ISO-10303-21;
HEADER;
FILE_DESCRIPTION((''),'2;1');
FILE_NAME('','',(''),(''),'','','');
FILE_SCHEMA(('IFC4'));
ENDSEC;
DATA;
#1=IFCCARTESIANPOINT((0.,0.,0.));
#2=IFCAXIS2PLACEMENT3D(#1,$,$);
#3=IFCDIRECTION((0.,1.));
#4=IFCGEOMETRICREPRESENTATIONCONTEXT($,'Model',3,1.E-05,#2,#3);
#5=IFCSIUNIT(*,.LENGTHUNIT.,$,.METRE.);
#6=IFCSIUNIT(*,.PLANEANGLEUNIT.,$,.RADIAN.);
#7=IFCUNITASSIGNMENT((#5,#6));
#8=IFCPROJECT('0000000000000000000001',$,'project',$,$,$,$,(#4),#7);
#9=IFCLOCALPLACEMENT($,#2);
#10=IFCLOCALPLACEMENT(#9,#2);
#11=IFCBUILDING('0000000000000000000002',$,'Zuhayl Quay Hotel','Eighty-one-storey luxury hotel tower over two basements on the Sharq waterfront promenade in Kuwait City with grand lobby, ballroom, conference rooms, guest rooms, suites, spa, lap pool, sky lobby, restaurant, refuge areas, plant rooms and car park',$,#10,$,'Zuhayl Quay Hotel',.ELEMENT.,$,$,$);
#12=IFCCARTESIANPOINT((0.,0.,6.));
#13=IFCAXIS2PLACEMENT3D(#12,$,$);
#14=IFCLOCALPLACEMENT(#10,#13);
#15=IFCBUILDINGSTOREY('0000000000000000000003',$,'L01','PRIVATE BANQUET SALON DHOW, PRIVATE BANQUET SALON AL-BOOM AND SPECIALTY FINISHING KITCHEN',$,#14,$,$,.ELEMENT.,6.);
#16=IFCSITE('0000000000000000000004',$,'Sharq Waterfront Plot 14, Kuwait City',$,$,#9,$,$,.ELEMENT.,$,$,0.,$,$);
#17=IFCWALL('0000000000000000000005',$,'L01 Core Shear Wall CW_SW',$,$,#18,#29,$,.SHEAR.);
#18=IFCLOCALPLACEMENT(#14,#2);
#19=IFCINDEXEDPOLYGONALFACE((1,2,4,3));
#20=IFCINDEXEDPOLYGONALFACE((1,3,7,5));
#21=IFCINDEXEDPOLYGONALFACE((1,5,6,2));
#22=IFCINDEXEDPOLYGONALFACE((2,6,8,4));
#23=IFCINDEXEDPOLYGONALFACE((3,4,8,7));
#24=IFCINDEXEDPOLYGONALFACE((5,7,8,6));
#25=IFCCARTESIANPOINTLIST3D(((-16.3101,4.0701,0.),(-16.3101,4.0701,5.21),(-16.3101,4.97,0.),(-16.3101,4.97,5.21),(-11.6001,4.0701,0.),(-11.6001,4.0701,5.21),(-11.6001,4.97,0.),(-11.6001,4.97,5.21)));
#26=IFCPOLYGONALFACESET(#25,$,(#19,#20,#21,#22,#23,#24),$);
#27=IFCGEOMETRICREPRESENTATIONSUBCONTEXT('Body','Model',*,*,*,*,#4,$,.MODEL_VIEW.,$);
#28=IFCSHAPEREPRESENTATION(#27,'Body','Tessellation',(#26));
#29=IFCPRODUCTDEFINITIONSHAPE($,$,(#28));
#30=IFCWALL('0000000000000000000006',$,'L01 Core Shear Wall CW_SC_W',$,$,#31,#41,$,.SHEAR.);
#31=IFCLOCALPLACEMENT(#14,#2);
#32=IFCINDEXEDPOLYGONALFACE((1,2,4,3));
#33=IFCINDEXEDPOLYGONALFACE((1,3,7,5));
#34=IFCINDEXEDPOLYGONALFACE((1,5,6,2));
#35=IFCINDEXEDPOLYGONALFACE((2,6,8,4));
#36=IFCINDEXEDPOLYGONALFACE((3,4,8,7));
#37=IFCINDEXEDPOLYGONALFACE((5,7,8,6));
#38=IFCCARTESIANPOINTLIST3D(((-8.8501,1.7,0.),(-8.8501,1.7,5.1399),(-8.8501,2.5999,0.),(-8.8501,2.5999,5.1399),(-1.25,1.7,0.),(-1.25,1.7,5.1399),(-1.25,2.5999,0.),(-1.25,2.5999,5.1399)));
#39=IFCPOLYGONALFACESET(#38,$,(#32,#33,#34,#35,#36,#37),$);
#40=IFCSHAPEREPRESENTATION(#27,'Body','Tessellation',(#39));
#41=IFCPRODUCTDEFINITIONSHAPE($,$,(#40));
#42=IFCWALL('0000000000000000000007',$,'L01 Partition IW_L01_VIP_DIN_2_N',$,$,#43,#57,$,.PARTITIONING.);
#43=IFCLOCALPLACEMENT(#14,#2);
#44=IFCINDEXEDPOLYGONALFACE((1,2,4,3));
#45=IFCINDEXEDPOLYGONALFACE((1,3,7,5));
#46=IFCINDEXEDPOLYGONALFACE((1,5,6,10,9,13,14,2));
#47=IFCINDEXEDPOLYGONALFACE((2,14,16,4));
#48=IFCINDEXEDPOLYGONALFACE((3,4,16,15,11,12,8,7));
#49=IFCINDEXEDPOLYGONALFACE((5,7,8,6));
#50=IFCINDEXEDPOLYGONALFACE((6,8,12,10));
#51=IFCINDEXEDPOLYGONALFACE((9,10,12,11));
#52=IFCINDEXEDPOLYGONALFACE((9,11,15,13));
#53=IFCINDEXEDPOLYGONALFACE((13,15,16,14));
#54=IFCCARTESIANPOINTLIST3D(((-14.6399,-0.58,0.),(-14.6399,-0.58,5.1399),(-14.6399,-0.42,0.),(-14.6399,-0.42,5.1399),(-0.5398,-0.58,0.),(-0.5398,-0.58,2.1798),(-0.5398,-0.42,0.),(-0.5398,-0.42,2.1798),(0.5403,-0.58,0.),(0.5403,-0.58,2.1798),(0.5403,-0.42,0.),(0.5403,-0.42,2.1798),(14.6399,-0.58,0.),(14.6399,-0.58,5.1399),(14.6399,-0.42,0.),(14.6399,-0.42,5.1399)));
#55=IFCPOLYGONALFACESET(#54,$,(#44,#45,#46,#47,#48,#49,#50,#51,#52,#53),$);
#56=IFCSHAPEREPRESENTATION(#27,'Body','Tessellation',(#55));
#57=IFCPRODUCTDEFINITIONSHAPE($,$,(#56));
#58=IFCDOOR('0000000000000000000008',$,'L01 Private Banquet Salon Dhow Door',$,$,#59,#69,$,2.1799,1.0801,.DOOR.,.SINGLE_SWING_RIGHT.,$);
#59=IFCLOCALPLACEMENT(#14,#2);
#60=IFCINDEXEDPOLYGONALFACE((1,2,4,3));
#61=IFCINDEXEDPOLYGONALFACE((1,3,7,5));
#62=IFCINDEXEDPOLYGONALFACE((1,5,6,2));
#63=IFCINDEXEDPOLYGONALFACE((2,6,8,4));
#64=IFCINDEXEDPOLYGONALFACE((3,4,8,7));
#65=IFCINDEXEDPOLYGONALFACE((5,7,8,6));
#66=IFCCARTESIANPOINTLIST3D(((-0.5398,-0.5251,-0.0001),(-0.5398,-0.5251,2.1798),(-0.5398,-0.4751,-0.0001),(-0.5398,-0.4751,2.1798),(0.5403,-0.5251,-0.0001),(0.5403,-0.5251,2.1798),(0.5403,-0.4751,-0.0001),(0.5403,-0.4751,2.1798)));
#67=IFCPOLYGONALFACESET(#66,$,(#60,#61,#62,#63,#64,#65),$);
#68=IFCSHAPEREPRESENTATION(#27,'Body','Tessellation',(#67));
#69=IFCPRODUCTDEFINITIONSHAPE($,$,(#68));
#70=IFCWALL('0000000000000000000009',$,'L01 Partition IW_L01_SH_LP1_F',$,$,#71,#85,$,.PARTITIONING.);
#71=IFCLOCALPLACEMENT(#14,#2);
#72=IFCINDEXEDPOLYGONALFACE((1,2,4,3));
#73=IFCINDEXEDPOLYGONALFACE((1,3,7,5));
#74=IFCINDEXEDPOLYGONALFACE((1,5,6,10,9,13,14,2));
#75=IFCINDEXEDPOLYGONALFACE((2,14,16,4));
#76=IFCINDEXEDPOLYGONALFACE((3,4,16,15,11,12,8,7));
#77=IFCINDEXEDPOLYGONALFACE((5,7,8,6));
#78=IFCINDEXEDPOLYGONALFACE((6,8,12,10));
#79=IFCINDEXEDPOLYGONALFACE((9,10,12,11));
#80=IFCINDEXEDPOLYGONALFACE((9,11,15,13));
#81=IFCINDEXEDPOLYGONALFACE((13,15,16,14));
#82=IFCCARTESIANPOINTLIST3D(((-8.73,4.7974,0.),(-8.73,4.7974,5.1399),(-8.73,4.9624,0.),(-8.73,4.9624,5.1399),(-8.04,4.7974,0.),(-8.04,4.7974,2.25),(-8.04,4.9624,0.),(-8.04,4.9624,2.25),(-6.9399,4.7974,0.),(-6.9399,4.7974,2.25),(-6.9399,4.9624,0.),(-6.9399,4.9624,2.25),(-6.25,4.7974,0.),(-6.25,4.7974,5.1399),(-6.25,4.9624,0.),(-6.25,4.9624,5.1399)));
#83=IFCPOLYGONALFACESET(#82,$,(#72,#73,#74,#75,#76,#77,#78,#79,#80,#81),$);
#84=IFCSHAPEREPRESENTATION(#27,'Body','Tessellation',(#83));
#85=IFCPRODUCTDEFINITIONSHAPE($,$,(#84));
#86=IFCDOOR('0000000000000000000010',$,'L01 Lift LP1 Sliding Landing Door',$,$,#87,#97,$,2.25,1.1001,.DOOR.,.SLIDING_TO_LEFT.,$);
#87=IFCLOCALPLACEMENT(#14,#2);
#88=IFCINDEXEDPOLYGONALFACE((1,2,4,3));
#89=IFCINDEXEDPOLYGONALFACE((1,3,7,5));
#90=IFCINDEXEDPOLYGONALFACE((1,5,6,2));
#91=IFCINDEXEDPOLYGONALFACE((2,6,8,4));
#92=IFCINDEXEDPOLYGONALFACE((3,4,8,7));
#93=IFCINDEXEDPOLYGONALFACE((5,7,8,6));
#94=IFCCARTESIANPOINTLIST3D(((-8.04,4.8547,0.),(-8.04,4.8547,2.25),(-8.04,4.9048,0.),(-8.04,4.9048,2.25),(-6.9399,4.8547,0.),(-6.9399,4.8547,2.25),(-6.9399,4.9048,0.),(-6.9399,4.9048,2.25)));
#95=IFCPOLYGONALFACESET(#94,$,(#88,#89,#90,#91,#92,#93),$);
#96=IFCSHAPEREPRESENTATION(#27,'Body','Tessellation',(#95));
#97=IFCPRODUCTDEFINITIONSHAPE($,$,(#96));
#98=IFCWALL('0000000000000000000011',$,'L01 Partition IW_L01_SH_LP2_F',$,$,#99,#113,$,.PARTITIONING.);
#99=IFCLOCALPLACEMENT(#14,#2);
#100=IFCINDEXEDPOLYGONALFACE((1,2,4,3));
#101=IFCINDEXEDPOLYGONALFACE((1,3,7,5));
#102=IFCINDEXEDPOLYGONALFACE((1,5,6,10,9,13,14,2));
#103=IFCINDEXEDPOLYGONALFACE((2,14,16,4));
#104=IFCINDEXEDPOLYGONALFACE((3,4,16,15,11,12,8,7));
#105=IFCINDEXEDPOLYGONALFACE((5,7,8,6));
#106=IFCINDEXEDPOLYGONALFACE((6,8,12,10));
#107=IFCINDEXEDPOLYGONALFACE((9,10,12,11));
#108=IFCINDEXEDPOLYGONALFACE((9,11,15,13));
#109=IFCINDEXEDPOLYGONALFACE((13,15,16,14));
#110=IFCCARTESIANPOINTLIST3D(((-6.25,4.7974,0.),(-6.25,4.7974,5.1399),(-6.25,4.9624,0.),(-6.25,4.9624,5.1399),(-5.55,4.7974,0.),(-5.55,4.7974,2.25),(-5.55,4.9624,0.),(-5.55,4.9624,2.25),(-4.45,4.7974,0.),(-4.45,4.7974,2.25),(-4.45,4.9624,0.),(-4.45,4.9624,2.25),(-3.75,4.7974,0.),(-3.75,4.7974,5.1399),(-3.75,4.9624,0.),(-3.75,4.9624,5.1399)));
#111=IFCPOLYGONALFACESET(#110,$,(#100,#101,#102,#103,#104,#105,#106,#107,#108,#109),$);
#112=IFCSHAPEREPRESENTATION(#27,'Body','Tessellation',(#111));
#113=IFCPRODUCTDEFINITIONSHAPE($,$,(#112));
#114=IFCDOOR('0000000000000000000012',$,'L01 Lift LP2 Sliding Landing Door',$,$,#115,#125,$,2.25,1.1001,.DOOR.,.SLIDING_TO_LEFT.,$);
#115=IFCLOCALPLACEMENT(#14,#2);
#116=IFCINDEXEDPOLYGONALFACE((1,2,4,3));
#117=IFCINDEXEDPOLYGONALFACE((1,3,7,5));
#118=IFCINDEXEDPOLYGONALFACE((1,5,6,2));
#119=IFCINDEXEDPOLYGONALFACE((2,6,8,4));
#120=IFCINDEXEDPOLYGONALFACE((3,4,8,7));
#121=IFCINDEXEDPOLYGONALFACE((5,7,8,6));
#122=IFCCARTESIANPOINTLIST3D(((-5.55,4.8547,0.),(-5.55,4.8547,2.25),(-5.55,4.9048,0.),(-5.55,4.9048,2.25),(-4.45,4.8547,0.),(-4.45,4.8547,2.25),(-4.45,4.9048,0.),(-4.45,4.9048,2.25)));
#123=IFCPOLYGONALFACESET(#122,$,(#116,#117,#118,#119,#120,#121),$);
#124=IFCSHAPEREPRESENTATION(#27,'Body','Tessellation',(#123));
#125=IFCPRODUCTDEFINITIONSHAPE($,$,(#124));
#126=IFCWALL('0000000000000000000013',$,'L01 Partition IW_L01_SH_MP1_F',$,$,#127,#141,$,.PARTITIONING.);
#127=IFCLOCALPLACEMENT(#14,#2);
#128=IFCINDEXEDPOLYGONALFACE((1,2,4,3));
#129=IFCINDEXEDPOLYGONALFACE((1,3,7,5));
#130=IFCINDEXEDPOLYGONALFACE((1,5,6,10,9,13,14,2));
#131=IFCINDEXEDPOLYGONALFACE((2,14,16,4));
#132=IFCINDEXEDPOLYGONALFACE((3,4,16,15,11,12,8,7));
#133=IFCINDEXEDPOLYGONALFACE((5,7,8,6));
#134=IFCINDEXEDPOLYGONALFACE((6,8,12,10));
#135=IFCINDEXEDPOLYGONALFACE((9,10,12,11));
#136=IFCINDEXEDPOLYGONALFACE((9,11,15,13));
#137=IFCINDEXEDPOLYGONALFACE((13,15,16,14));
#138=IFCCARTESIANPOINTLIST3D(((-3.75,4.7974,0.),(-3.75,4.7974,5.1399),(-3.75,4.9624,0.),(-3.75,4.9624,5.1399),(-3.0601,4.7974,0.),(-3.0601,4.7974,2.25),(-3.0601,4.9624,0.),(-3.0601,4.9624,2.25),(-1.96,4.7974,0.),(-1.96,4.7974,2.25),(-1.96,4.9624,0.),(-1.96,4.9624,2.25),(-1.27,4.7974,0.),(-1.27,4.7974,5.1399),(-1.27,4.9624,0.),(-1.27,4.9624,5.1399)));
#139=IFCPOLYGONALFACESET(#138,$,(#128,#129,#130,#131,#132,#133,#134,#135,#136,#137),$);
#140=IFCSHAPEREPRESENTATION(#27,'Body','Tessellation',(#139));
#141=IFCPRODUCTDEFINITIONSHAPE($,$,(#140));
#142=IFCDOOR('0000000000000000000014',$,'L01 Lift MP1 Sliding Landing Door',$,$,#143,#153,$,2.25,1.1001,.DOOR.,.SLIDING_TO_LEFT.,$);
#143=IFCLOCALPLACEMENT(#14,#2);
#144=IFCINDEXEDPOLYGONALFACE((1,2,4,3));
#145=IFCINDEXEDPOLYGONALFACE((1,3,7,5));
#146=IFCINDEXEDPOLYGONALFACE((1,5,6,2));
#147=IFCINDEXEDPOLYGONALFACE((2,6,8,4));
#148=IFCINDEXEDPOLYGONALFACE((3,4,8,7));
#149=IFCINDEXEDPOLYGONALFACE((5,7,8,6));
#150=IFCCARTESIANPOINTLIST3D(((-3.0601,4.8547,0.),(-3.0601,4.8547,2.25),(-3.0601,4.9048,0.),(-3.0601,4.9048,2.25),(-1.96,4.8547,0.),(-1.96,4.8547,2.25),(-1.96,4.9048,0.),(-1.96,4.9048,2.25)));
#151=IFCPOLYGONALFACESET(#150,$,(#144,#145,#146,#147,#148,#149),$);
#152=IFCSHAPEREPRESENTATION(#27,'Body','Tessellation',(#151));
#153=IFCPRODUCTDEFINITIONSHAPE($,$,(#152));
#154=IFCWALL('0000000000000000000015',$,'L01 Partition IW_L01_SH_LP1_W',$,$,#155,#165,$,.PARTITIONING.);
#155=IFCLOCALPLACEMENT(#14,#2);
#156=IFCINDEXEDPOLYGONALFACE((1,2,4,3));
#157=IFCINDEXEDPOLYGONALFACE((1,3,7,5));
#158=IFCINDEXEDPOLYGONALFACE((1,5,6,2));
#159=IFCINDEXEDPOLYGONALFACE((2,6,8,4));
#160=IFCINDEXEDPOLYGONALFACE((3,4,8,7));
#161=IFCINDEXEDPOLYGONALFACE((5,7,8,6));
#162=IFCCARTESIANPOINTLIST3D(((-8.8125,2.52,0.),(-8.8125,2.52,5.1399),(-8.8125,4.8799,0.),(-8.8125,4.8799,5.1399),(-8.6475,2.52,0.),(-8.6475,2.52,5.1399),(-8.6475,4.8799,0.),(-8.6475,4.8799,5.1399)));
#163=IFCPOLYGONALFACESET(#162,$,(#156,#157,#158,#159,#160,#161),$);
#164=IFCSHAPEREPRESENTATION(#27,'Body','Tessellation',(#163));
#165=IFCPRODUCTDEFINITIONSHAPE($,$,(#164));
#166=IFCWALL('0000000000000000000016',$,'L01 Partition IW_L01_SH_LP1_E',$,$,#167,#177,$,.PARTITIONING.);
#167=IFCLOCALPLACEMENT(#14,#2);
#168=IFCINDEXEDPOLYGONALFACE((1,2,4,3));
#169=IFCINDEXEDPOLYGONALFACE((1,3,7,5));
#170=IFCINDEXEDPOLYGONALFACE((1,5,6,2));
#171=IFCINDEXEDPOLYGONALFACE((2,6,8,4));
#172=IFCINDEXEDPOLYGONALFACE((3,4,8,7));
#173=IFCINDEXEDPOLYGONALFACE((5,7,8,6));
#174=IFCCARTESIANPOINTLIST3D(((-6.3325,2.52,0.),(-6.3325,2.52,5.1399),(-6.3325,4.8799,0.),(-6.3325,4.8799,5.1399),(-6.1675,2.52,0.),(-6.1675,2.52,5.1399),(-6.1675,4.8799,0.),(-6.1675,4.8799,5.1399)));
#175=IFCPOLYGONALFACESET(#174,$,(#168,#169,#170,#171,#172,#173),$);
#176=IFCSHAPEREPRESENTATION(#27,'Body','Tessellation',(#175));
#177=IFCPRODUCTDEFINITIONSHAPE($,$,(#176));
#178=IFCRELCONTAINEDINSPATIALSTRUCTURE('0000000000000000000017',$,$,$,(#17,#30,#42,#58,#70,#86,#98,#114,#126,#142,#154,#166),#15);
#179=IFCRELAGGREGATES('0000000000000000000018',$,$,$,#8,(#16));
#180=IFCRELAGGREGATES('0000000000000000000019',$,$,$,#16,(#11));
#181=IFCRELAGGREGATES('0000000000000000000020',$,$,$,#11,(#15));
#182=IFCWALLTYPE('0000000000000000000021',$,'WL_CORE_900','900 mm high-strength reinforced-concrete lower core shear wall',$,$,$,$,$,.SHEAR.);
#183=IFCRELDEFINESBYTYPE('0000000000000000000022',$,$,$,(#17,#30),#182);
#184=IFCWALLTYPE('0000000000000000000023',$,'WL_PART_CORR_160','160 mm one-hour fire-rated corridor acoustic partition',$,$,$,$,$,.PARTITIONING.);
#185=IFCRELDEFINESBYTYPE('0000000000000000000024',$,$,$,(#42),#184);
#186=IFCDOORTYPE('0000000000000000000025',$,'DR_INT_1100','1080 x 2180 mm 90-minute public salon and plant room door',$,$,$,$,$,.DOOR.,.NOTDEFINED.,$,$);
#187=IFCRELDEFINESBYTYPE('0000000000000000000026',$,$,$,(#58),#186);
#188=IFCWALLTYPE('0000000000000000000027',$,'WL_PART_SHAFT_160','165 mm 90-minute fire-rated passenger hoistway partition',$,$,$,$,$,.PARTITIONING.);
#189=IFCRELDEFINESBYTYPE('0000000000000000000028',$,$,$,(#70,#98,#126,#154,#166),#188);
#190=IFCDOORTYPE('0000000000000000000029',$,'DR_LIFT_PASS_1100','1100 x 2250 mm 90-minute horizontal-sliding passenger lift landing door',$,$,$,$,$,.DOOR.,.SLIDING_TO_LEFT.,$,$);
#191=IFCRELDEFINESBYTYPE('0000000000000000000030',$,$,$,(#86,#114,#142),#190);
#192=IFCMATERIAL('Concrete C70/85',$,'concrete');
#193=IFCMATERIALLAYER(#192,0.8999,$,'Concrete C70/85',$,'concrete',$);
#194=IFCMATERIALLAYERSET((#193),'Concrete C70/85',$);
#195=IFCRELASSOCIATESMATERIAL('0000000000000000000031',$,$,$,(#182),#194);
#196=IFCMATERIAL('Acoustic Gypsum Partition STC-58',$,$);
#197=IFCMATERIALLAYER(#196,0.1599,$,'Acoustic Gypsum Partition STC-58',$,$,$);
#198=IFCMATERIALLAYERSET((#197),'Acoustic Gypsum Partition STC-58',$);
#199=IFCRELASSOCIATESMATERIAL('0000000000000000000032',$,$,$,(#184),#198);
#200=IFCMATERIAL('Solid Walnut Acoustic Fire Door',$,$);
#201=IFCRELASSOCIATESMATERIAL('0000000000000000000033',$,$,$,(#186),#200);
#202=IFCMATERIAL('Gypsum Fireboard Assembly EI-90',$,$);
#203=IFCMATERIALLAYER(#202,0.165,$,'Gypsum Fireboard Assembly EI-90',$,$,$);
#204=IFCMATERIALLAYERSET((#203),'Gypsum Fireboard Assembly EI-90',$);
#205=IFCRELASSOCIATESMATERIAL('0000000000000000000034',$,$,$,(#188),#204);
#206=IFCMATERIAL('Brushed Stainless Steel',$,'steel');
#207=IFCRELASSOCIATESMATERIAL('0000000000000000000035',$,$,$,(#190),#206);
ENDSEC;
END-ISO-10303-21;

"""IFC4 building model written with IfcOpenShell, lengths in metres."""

from ifc_helpers import new_model, si_unit, direction, frame, frame_2d, origin, place, context, subcontext, project, spatial, rectangle, extrude, material, layer, layer_set, type_object, element, fill, save


model = new_model("IFC4")

# Units and contexts
model_context = context("Model", 3, precision=1e-05, world=origin(), true_north=direction((0.0, 1.0)))
body_context = subcontext(model_context, "Body", "Model", "MODEL_VIEW")
ifc_project = project(units=[si_unit("LENGTHUNIT", "METRE"), si_unit("PLANEANGLEUNIT", "RADIAN")], contexts=[model_context])

# Site, building, storey
site_placement = place(None, origin())
site = spatial("IfcSite", under=ifc_project, at=site_placement, Name="Sharq Waterfront Plot 14, Kuwait City", CompositionType="ELEMENT", RefElevation=0.0)
building_placement = place(site_placement, origin())
building = spatial("IfcBuilding", under=site, at=building_placement, Name="Zuhayl Quay Hotel", Description="Eighty-one-storey luxury hotel tower over two basements on the Sharq waterfront promenade in Kuwait City with grand lobby, ballroom, conference rooms, guest rooms, suites, spa, lap pool, sky lobby, restaurant, refuge areas, plant rooms and car park", LongName="Zuhayl Quay Hotel", CompositionType="ELEMENT")
storey_placement = place(building_placement, frame((0.0, 0.0, 6.0)))
storey = spatial("IfcBuildingStorey", under=building, at=storey_placement, Name="L01", Description="PRIVATE BANQUET SALON DHOW, PRIVATE BANQUET SALON AL-BOOM AND SPECIALTY FINISHING KITCHEN", CompositionType="ELEMENT", Elevation=6.0)

# Shared definitions
ifc_material_1 = material(Name="Concrete C70/85", Category="concrete")

# Walls
ifc_layer_1 = layer(ifc_material_1, 0.8999, Name="Concrete C70/85", Category="concrete")
ifc_layer_set_1 = layer_set([ifc_layer_1], Name="Concrete C70/85")
wall_type_1 = type_object("IfcWallType", Name="WL_CORE_900", Description="900 mm high-strength reinforced-concrete lower core shear wall", PredefinedType="SHEAR", material=ifc_layer_set_1)
wall_1_placement = place(storey_placement, frame((-16.3101, 4.52, 0.0), z_axis=(0.0, 0.0, 1.0), x_axis=(1.0, 0.0, 0.0)))
element("IfcWall", 1, at=wall_1_placement, inside=storey, type_object=wall_type_1, Name="L01 Core Shear Wall CW_SW", PredefinedType="SHEAR", context=body_context, shape_type="SweptSolid", body=[
    extrude(rectangle(XDim=4.71, YDim=0.8999, at=frame_2d((2.355, 0.0))), origin(), (0.0, 0.0, 1.0), 5.21),
])
wall_2_placement = place(storey_placement, frame((-8.8501, 2.1499, 0.0), z_axis=(0.0, 0.0, 1.0), x_axis=(1.0, 0.0, 0.0)))
element("IfcWall", 2, at=wall_2_placement, inside=storey, type_object=wall_type_1, Name="L01 Core Shear Wall CW_SC_W", PredefinedType="SHEAR", context=body_context, shape_type="SweptSolid", body=[
    extrude(rectangle(XDim=7.6001, YDim=0.8999, at=frame_2d((3.8, 0.0))), origin(), (0.0, 0.0, 1.0), 5.1399),
])

# Walls, openings, doors
ifc_material_2 = material(Name="Acoustic Gypsum Partition STC-58")
ifc_layer_2 = layer(ifc_material_2, 0.1599, Name="Acoustic Gypsum Partition STC-58")
ifc_layer_set_2 = layer_set([ifc_layer_2], Name="Acoustic Gypsum Partition STC-58")
wall_type_2 = type_object("IfcWallType", Name="WL_PART_CORR_160", Description="160 mm one-hour fire-rated corridor acoustic partition", PredefinedType="PARTITIONING", material=ifc_layer_set_2)
wall_3_placement = place(storey_placement, frame((-14.6399, -0.5, 0.0), z_axis=(0.0, 0.0, 1.0), x_axis=(1.0, 0.0, 0.0)))
wall_3 = element("IfcWall", 3, at=wall_3_placement, inside=storey, type_object=wall_type_2, Name="L01 Partition IW_L01_VIP_DIN_2_N", PredefinedType="PARTITIONING", context=body_context, shape_type="SweptSolid", body=[
    extrude(rectangle(XDim=29.2798, YDim=0.1599, at=frame_2d((14.6399, 0.0))), origin(), (0.0, 0.0, 1.0), 5.1399),
])
opening_1_placement = place(wall_3_placement, frame((14.1001, 0.0, 0.0)))
opening_1 = element("IfcOpeningElement", 4, at=opening_1_placement, cuts=wall_3, PredefinedType="OPENING", context=body_context, shape_type="SweptSolid", body=[
    extrude(rectangle(XDim=1.0801, YDim=2.1799, at=frame_2d((0.54, 1.0898))), frame((0.0, 0.0898, 0.0), z_axis=(0.0, -1.0, 0.0), x_axis=(1.0, 0.0, 0.0)), (0.0, 0.0, 1.0), 0.1799),
])
ifc_material_3 = material(Name="Solid Walnut Acoustic Fire Door")
door_type_1 = type_object("IfcDoorType", Name="DR_INT_1100", Description="1080 x 2180 mm 90-minute public salon and plant room door", OperationType="NOTDEFINED", PredefinedType="DOOR", material=ifc_material_3)
door_1_placement = place(opening_1_placement, origin())
door_1 = element("IfcDoor", 5, at=door_1_placement, inside=storey, type_object=door_type_1, Name="L01 Private Banquet Salon Dhow Door", OperationType="SINGLE_SWING_RIGHT", OverallHeight=2.1799, OverallWidth=1.0801, PredefinedType="DOOR", context=body_context, shape_type="SweptSolid", body=[
    extrude(rectangle(XDim=1.0801, YDim=2.1799, at=frame_2d((0.54, 1.0898))), frame((0.0, 0.0249, 0.0), z_axis=(0.0, -1.0, 0.0), x_axis=(1.0, 0.0, 0.0)), (0.0, 0.0, 1.0), 0.05),
])
fill(opening_1, door_1)
ifc_material_4 = material(Name="Gypsum Fireboard Assembly EI-90")
ifc_layer_3 = layer(ifc_material_4, 0.165, Name="Gypsum Fireboard Assembly EI-90")
ifc_layer_set_3 = layer_set([ifc_layer_3], Name="Gypsum Fireboard Assembly EI-90")
wall_type_3 = type_object("IfcWallType", Name="WL_PART_SHAFT_160", Description="165 mm 90-minute fire-rated passenger hoistway partition", PredefinedType="PARTITIONING", material=ifc_layer_set_3)
wall_4_placement = place(storey_placement, frame((-8.73, 4.8799, 0.0), z_axis=(0.0, 0.0, 1.0), x_axis=(1.0, 0.0, 0.0)))
wall_4 = element("IfcWall", 6, at=wall_4_placement, inside=storey, type_object=wall_type_3, Name="L01 Partition IW_L01_SH_LP1_F", PredefinedType="PARTITIONING", context=body_context, shape_type="SweptSolid", body=[
    extrude(rectangle(XDim=2.48, YDim=0.165, at=frame_2d((1.24, 0.0))), origin(), (0.0, 0.0, 1.0), 5.1399),
])
opening_2_placement = place(wall_4_placement, frame((0.6899, 0.0, 0.0)))
opening_2 = element("IfcOpeningElement", 7, at=opening_2_placement, cuts=wall_4, PredefinedType="OPENING", context=body_context, shape_type="SweptSolid", body=[
    extrude(rectangle(XDim=1.1001, YDim=2.25, at=frame_2d((0.55, 1.125))), frame((0.0, 0.0925, 0.0), z_axis=(0.0, -1.0, 0.0), x_axis=(1.0, 0.0, 0.0)), (0.0, 0.0, 1.0), 0.1851),
])
ifc_material_5 = material(Name="Brushed Stainless Steel", Category="steel")
door_type_2 = type_object("IfcDoorType", Name="DR_LIFT_PASS_1100", Description="1100 x 2250 mm 90-minute horizontal-sliding passenger lift landing door", OperationType="SLIDING_TO_LEFT", PredefinedType="DOOR", material=ifc_material_5)
door_2_placement = place(opening_2_placement, origin())
door_2 = element("IfcDoor", 8, at=door_2_placement, inside=storey, type_object=door_type_2, Name="L01 Lift LP1 Sliding Landing Door", OperationType="SLIDING_TO_LEFT", OverallHeight=2.25, OverallWidth=1.1001, PredefinedType="DOOR", context=body_context, shape_type="SweptSolid", body=[
    extrude(rectangle(XDim=1.1001, YDim=2.25, at=frame_2d((0.55, 1.125))), frame((0.0, 0.0249, 0.0), z_axis=(0.0, -1.0, 0.0), x_axis=(1.0, 0.0, 0.0)), (0.0, 0.0, 1.0), 0.05),
])
fill(opening_2, door_2)
wall_5_placement = place(storey_placement, frame((-6.25, 4.8799, 0.0), z_axis=(0.0, 0.0, 1.0), x_axis=(1.0, 0.0, 0.0)))
wall_5 = element("IfcWall", 9, at=wall_5_placement, inside=storey, type_object=wall_type_3, Name="L01 Partition IW_L01_SH_LP2_F", PredefinedType="PARTITIONING", context=body_context, shape_type="SweptSolid", body=[
    extrude(rectangle(XDim=2.5, YDim=0.165, at=frame_2d((1.25, 0.0))), origin(), (0.0, 0.0, 1.0), 5.1399),
])
opening_3_placement = place(wall_5_placement, frame((0.7, 0.0, 0.0)))
opening_3 = element("IfcOpeningElement", 10, at=opening_3_placement, cuts=wall_5, PredefinedType="OPENING", context=body_context, shape_type="SweptSolid", body=[
    extrude(rectangle(XDim=1.1001, YDim=2.25, at=frame_2d((0.55, 1.125))), frame((0.0, 0.0925, 0.0), z_axis=(0.0, -1.0, 0.0), x_axis=(1.0, 0.0, 0.0)), (0.0, 0.0, 1.0), 0.1851),
])
door_3_placement = place(opening_3_placement, origin())
door_3 = element("IfcDoor", 11, at=door_3_placement, inside=storey, type_object=door_type_2, Name="L01 Lift LP2 Sliding Landing Door", OperationType="SLIDING_TO_LEFT", OverallHeight=2.25, OverallWidth=1.1001, PredefinedType="DOOR", context=body_context, shape_type="SweptSolid", body=[
    extrude(rectangle(XDim=1.1001, YDim=2.25, at=frame_2d((0.55, 1.125))), frame((0.0, 0.0249, 0.0), z_axis=(0.0, -1.0, 0.0), x_axis=(1.0, 0.0, 0.0)), (0.0, 0.0, 1.0), 0.05),
])
fill(opening_3, door_3)
wall_6_placement = place(storey_placement, frame((-3.75, 4.8799, 0.0), z_axis=(0.0, 0.0, 1.0), x_axis=(1.0, 0.0, 0.0)))
wall_6 = element("IfcWall", 12, at=wall_6_placement, inside=storey, type_object=wall_type_3, Name="L01 Partition IW_L01_SH_MP1_F", PredefinedType="PARTITIONING", context=body_context, shape_type="SweptSolid", body=[
    extrude(rectangle(XDim=2.48, YDim=0.165, at=frame_2d((1.24, 0.0))), origin(), (0.0, 0.0, 1.0), 5.1399),
])
opening_4_placement = place(wall_6_placement, frame((0.6899, 0.0, 0.0)))
opening_4 = element("IfcOpeningElement", 13, at=opening_4_placement, cuts=wall_6, PredefinedType="OPENING", context=body_context, shape_type="SweptSolid", body=[
    extrude(rectangle(XDim=1.1001, YDim=2.25, at=frame_2d((0.55, 1.125))), frame((0.0, 0.0925, 0.0), z_axis=(0.0, -1.0, 0.0), x_axis=(1.0, 0.0, 0.0)), (0.0, 0.0, 1.0), 0.1851),
])
door_4_placement = place(opening_4_placement, origin())
door_4 = element("IfcDoor", 14, at=door_4_placement, inside=storey, type_object=door_type_2, Name="L01 Lift MP1 Sliding Landing Door", OperationType="SLIDING_TO_LEFT", OverallHeight=2.25, OverallWidth=1.1001, PredefinedType="DOOR", context=body_context, shape_type="SweptSolid", body=[
    extrude(rectangle(XDim=1.1001, YDim=2.25, at=frame_2d((0.55, 1.125))), frame((0.0, 0.0249, 0.0), z_axis=(0.0, -1.0, 0.0), x_axis=(1.0, 0.0, 0.0)), (0.0, 0.0, 1.0), 0.05),
])
fill(opening_4, door_4)

# Walls
for number, where, z_axis, x_axis, name in (
    (15, (-8.73, 2.52, 0.0), (0.0, 0.0, 1.0), (0.0, 1.0, 0.0), "L01 Partition IW_L01_SH_LP1_W"),
    (16, (-6.25, 2.52, 0.0), (0.0, 0.0, 1.0), (0.0, 1.0, 0.0), "L01 Partition IW_L01_SH_LP1_E"),
):
    element("IfcWall", number, at=place(storey_placement, frame(where, z_axis=z_axis, x_axis=x_axis)), inside=storey, type_object=wall_type_3, Name=name, PredefinedType="PARTITIONING", context=body_context, shape_type="SweptSolid", body=[
        extrude(rectangle(XDim=2.3599, YDim=0.165, at=frame_2d((1.1799, 0.0))), origin(), (0.0, 0.0, 1.0), 5.1399),
    ])

save(model, "model.ifc")
